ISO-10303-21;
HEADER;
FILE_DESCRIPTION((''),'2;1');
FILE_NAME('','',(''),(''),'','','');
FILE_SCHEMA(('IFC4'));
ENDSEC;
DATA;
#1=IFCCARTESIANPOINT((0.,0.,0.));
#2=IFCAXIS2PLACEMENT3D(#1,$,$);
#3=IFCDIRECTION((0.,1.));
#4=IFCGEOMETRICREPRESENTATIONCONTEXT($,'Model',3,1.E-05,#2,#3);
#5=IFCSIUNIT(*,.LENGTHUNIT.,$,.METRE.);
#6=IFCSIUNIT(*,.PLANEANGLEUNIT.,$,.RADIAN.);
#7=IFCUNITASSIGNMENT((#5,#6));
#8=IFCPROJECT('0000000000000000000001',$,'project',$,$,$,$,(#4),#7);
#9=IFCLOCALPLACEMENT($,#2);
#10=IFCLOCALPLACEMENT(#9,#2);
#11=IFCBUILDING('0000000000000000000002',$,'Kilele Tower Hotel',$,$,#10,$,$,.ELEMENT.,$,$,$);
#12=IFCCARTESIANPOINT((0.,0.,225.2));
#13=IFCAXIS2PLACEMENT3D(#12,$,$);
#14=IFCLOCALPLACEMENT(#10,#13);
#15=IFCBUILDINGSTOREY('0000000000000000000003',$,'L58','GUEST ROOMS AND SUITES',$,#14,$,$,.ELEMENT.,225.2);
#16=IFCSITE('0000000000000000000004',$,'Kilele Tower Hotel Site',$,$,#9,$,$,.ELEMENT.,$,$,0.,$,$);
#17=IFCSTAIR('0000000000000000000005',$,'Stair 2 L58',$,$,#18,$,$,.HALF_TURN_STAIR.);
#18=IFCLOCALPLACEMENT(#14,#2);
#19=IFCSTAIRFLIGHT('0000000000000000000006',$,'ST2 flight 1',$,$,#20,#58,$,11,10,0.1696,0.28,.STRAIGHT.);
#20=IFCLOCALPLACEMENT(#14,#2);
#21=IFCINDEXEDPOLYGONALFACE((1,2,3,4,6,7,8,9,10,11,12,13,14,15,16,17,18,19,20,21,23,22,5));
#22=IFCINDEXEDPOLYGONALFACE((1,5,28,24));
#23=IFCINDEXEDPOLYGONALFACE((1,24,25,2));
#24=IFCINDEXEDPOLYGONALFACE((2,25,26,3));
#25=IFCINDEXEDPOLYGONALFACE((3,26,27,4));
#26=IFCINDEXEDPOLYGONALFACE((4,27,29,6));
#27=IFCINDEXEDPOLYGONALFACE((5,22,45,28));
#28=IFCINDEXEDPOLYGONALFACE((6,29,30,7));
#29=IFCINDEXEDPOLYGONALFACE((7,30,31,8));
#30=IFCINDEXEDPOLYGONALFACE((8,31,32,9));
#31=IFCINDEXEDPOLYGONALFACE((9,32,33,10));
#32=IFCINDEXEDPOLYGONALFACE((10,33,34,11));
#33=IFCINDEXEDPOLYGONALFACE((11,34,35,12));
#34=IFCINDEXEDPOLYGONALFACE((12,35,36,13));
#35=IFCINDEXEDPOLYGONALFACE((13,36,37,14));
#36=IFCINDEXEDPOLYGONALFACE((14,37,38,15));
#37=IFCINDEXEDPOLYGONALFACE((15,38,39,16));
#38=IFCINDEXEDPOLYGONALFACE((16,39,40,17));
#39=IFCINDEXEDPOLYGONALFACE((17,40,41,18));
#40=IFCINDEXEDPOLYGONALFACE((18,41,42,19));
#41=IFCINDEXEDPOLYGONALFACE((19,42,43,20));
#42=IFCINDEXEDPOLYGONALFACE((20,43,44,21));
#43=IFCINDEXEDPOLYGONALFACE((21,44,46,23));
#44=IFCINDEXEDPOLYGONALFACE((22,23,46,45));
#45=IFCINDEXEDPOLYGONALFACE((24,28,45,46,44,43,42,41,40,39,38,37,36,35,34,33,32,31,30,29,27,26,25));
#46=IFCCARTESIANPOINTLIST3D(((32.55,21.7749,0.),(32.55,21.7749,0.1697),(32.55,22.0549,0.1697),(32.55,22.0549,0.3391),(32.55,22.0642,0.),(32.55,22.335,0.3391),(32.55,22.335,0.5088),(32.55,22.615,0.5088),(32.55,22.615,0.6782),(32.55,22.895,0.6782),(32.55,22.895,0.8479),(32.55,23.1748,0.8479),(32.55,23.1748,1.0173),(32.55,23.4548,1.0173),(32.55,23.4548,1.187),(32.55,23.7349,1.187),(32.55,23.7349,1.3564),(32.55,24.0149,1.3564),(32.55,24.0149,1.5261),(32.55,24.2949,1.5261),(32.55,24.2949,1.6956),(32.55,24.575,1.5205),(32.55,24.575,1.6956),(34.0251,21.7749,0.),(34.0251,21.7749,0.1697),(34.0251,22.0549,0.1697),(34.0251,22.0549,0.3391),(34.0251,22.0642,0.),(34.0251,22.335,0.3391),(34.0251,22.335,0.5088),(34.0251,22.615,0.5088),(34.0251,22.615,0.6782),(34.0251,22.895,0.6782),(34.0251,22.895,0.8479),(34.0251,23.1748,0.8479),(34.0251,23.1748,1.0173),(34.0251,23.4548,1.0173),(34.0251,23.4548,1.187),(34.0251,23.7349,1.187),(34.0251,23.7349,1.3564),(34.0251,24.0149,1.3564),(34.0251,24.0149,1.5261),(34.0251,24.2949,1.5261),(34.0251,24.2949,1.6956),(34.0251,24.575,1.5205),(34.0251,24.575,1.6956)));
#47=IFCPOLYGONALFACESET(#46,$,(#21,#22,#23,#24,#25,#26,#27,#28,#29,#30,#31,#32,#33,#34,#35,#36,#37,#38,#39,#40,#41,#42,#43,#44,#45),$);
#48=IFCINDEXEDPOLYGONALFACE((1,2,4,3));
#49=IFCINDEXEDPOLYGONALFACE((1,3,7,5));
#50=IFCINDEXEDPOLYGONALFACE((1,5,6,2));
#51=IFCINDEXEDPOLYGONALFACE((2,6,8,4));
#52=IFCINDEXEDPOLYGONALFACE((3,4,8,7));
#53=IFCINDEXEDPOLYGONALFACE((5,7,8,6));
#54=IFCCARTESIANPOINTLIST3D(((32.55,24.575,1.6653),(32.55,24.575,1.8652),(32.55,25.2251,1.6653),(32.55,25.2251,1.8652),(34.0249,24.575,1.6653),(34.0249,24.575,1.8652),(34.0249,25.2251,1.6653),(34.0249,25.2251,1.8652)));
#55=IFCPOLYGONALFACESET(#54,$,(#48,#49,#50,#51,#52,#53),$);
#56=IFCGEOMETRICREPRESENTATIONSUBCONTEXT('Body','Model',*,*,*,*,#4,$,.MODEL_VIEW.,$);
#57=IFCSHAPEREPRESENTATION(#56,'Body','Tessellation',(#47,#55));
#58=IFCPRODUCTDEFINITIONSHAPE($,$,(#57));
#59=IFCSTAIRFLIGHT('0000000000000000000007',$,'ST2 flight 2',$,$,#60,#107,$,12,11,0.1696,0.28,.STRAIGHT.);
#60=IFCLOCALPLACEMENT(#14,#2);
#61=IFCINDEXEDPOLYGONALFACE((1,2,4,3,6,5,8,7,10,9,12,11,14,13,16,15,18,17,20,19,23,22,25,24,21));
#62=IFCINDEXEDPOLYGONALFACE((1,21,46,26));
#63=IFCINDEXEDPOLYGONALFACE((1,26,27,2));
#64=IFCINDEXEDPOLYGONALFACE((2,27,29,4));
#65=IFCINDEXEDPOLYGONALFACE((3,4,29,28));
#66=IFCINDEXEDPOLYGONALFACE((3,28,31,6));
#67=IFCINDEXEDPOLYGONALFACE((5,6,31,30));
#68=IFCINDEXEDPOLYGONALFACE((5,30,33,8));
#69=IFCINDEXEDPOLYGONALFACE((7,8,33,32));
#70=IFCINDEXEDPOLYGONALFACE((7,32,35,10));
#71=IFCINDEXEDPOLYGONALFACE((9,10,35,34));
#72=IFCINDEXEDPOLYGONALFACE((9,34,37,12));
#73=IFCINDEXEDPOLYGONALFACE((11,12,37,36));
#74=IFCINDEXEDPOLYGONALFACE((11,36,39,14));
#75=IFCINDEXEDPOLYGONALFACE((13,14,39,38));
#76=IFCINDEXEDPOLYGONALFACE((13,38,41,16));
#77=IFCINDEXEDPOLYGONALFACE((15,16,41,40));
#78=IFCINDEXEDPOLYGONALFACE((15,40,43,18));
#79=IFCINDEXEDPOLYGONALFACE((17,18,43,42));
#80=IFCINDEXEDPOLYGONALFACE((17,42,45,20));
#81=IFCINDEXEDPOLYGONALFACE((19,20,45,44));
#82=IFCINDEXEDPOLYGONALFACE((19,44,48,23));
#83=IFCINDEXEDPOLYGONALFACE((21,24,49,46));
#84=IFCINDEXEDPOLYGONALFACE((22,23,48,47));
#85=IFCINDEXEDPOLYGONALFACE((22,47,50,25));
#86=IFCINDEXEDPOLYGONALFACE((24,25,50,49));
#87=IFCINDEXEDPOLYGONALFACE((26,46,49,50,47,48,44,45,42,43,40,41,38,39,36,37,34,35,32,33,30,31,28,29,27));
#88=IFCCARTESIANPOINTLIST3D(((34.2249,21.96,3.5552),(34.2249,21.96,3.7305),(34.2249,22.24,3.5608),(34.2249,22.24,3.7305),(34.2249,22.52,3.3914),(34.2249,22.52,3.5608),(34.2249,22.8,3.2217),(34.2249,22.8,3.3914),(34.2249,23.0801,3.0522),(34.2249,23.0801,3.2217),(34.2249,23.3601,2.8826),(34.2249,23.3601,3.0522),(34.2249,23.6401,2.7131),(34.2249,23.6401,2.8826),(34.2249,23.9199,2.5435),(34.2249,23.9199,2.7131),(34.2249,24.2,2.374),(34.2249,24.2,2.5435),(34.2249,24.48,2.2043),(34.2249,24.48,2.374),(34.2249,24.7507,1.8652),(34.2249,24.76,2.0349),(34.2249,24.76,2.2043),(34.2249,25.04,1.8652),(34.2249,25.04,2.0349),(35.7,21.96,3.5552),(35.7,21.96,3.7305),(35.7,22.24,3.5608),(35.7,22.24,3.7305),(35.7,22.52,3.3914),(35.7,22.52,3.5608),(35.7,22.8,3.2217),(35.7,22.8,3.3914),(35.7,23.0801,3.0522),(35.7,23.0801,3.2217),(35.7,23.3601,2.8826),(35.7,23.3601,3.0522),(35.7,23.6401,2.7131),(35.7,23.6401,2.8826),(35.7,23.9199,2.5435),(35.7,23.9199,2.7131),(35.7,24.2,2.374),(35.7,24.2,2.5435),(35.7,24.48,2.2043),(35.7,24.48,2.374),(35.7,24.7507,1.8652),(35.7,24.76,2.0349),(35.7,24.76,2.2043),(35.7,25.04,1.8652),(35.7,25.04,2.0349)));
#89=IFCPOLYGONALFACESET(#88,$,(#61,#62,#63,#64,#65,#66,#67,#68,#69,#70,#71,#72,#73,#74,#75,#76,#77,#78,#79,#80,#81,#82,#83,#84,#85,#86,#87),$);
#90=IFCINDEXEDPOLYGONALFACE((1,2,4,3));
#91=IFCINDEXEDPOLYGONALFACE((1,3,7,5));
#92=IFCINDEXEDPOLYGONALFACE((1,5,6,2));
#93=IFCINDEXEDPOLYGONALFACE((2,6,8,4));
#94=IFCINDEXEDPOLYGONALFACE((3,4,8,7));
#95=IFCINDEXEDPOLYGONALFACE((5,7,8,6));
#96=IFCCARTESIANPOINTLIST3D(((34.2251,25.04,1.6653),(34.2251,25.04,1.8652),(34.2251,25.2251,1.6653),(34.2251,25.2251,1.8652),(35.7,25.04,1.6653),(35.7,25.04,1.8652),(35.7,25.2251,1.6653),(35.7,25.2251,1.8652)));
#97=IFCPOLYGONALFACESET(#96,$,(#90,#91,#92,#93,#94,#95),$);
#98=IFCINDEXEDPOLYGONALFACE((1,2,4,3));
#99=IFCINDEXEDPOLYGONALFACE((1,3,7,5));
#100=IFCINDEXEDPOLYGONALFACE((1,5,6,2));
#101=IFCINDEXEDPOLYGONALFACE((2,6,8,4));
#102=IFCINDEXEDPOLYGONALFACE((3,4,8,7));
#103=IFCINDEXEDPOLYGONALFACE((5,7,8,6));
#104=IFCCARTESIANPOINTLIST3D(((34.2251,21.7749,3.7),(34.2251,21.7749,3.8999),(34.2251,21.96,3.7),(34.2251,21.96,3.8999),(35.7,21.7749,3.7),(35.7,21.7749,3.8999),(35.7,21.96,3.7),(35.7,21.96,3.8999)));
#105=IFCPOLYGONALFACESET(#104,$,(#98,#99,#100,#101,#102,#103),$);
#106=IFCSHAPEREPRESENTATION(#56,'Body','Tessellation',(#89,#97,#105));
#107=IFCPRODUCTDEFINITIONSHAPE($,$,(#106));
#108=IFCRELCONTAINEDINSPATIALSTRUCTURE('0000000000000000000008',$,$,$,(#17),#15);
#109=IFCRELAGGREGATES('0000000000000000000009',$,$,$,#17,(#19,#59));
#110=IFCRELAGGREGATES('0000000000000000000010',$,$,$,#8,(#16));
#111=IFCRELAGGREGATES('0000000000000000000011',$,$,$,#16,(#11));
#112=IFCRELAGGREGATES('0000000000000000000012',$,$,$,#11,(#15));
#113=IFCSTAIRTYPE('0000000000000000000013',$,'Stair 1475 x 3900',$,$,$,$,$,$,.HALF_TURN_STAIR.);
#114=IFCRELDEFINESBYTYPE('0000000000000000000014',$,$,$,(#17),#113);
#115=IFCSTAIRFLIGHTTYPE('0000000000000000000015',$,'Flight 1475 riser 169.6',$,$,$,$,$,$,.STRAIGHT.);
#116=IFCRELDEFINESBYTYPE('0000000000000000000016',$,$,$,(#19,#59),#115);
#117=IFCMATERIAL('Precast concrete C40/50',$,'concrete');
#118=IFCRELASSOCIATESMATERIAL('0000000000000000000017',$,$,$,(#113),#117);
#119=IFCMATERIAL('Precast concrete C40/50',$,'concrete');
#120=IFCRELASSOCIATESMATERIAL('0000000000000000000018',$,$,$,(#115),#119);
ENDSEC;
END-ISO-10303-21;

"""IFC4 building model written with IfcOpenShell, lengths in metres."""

from ifc_helpers import new_model, si_unit, direction, frame, origin, place, context, subcontext, project, spatial, polyline, outline, extrude, material, type_object, element, aggregate, save


model = new_model("IFC4")

# Units and contexts
model_context = context("Model", 3, precision=1e-05, world=origin(), true_north=direction((0.0, 1.0)))
body_context = subcontext(model_context, "Body", "Model", "MODEL_VIEW")
ifc_project = project(units=[si_unit("LENGTHUNIT", "METRE"), si_unit("PLANEANGLEUNIT", "RADIAN")], contexts=[model_context])

# Site, building, storey
site_placement = place(None, origin())
site = spatial("IfcSite", under=ifc_project, at=site_placement, Name="Kilele Tower Hotel Site", CompositionType="ELEMENT", RefElevation=0.0)
building_placement = place(site_placement, origin())
building = spatial("IfcBuilding", under=site, at=building_placement, Name="Kilele Tower Hotel", CompositionType="ELEMENT")
storey_placement = place(building_placement, frame((0.0, 0.0, 225.2)))
storey = spatial("IfcBuildingStorey", under=building, at=storey_placement, Name="L58", Description="GUEST ROOMS AND SUITES", CompositionType="ELEMENT", Elevation=225.2)

# Stair, stair flights
ifc_material_1 = material(Name="Precast concrete C40/50", Category="concrete")
stair_type = type_object("IfcStairType", Name="Stair 1475 x 3900", PredefinedType="HALF_TURN_STAIR", material=ifc_material_1)
stair_placement = place(storey_placement, origin())
stair = element("IfcStair", 1, at=stair_placement, inside=storey, type_object=stair_type, Name="Stair 2 L58", PredefinedType="HALF_TURN_STAIR")
ifc_material_2 = material(Name="Precast concrete C40/50", Category="concrete")
stair_flight_type = type_object("IfcStairFlightType", Name="Flight 1475 riser 169.6", PredefinedType="STRAIGHT", material=ifc_material_2)
stair_flight_1_placement = place(storey_placement, frame((33.2876, 21.7749, 0.0), z_axis=(0.0, 0.0, 1.0), x_axis=(0.0, 1.0, 0.0)))
stair_flight_1 = element("IfcStairFlight", 2, at=stair_flight_1_placement, type_object=stair_flight_type, Name="ST2 flight 1", NumberOfRisers=11, NumberOfTreads=10, PredefinedType="STRAIGHT", RiserHeight=0.1696, TreadLength=0.28, context=body_context, shape_type="SweptSolid", body=[
    extrude(outline(polyline([(0.0, 0.0), (0.0, 0.1697), (0.28, 0.1697), (0.28, 0.3391), (0.5601, 0.3391), (0.5601, 0.5088), (0.8401, 0.5088), (0.8401, 0.6782), (1.1201, 0.6782), (1.1201, 0.8479), (1.3999, 0.8479), (1.3999, 1.0173), (1.6799, 1.0173), (1.6799, 1.187), (1.96, 1.187), (1.96, 1.3564), (2.24, 1.3564), (2.24, 1.5261), (2.52, 1.5261), (2.52, 1.6956), (2.8, 1.6956), (2.8, 1.8652), (2.8, 1.5205), (0.2893, 0.0), (0.0, 0.0)])), frame((0.0, 0.7375, 0.0), z_axis=(0.0, -1.0, 0.0), x_axis=(1.0, 0.0, 0.0)), (0.0, 0.0, 1.0), 1.4751),
    extrude(outline(polyline([(2.8, 0.7375), (2.8, -0.7373), (3.4502, -0.7373), (3.4502, 0.7375), (2.8, 0.7375)])), frame((0.0, 0.0, 1.6653)), (0.0, 0.0, 1.0), 0.2),
])
stair_flight_2_placement = place(storey_placement, frame((34.9624, 25.04, 1.8652), z_axis=(0.0, 0.0, 1.0), x_axis=(0.0, -1.0, 0.0)))
stair_flight_2 = element("IfcStairFlight", 3, at=stair_flight_2_placement, type_object=stair_flight_type, Name="ST2 flight 2", NumberOfRisers=12, NumberOfTreads=11, PredefinedType="STRAIGHT", RiserHeight=0.1696, TreadLength=0.28, context=body_context, shape_type="SweptSolid", body=[
    extrude(outline(polyline([(0.0, 0.0), (0.0, 0.1697), (0.28, 0.1697), (0.28, 0.3391), (0.5601, 0.3391), (0.5601, 0.5088), (0.8401, 0.5088), (0.8401, 0.6782), (1.1201, 0.6782), (1.1201, 0.8479), (1.3999, 0.8479), (1.3999, 1.0173), (1.6799, 1.0173), (1.6799, 1.187), (1.96, 1.187), (1.96, 1.3564), (2.24, 1.3564), (2.24, 1.5261), (2.52, 1.5261), (2.52, 1.6956), (2.8, 1.6956), (2.8, 1.8652), (3.0801, 1.8652), (3.0801, 2.0347), (3.0801, 1.6899), (0.2893, 0.0), (0.0, 0.0)])), frame((0.0, 0.7375, 0.0), z_axis=(0.0, -1.0, 0.0), x_axis=(1.0, 0.0, 0.0)), (0.0, 0.0, 1.0), 1.4751),
    extrude(outline(polyline([(0.0, -0.7373), (0.0, 0.7375), (-0.1851, 0.7375), (-0.1851, -0.7373), (0.0, -0.7373)])), frame((0.0, 0.0, -0.2)), (0.0, 0.0, 1.0), 0.2),
    extrude(outline(polyline([(3.2651, -0.7373), (3.2651, 0.7375), (3.0801, 0.7375), (3.0801, -0.7373), (3.2651, -0.7373)])), frame((0.0, 0.0, 1.8347)), (0.0, 0.0, 1.0), 0.2),
])
aggregate(stair, [stair_flight_1, stair_flight_2])

save(model, "model.ifc")
